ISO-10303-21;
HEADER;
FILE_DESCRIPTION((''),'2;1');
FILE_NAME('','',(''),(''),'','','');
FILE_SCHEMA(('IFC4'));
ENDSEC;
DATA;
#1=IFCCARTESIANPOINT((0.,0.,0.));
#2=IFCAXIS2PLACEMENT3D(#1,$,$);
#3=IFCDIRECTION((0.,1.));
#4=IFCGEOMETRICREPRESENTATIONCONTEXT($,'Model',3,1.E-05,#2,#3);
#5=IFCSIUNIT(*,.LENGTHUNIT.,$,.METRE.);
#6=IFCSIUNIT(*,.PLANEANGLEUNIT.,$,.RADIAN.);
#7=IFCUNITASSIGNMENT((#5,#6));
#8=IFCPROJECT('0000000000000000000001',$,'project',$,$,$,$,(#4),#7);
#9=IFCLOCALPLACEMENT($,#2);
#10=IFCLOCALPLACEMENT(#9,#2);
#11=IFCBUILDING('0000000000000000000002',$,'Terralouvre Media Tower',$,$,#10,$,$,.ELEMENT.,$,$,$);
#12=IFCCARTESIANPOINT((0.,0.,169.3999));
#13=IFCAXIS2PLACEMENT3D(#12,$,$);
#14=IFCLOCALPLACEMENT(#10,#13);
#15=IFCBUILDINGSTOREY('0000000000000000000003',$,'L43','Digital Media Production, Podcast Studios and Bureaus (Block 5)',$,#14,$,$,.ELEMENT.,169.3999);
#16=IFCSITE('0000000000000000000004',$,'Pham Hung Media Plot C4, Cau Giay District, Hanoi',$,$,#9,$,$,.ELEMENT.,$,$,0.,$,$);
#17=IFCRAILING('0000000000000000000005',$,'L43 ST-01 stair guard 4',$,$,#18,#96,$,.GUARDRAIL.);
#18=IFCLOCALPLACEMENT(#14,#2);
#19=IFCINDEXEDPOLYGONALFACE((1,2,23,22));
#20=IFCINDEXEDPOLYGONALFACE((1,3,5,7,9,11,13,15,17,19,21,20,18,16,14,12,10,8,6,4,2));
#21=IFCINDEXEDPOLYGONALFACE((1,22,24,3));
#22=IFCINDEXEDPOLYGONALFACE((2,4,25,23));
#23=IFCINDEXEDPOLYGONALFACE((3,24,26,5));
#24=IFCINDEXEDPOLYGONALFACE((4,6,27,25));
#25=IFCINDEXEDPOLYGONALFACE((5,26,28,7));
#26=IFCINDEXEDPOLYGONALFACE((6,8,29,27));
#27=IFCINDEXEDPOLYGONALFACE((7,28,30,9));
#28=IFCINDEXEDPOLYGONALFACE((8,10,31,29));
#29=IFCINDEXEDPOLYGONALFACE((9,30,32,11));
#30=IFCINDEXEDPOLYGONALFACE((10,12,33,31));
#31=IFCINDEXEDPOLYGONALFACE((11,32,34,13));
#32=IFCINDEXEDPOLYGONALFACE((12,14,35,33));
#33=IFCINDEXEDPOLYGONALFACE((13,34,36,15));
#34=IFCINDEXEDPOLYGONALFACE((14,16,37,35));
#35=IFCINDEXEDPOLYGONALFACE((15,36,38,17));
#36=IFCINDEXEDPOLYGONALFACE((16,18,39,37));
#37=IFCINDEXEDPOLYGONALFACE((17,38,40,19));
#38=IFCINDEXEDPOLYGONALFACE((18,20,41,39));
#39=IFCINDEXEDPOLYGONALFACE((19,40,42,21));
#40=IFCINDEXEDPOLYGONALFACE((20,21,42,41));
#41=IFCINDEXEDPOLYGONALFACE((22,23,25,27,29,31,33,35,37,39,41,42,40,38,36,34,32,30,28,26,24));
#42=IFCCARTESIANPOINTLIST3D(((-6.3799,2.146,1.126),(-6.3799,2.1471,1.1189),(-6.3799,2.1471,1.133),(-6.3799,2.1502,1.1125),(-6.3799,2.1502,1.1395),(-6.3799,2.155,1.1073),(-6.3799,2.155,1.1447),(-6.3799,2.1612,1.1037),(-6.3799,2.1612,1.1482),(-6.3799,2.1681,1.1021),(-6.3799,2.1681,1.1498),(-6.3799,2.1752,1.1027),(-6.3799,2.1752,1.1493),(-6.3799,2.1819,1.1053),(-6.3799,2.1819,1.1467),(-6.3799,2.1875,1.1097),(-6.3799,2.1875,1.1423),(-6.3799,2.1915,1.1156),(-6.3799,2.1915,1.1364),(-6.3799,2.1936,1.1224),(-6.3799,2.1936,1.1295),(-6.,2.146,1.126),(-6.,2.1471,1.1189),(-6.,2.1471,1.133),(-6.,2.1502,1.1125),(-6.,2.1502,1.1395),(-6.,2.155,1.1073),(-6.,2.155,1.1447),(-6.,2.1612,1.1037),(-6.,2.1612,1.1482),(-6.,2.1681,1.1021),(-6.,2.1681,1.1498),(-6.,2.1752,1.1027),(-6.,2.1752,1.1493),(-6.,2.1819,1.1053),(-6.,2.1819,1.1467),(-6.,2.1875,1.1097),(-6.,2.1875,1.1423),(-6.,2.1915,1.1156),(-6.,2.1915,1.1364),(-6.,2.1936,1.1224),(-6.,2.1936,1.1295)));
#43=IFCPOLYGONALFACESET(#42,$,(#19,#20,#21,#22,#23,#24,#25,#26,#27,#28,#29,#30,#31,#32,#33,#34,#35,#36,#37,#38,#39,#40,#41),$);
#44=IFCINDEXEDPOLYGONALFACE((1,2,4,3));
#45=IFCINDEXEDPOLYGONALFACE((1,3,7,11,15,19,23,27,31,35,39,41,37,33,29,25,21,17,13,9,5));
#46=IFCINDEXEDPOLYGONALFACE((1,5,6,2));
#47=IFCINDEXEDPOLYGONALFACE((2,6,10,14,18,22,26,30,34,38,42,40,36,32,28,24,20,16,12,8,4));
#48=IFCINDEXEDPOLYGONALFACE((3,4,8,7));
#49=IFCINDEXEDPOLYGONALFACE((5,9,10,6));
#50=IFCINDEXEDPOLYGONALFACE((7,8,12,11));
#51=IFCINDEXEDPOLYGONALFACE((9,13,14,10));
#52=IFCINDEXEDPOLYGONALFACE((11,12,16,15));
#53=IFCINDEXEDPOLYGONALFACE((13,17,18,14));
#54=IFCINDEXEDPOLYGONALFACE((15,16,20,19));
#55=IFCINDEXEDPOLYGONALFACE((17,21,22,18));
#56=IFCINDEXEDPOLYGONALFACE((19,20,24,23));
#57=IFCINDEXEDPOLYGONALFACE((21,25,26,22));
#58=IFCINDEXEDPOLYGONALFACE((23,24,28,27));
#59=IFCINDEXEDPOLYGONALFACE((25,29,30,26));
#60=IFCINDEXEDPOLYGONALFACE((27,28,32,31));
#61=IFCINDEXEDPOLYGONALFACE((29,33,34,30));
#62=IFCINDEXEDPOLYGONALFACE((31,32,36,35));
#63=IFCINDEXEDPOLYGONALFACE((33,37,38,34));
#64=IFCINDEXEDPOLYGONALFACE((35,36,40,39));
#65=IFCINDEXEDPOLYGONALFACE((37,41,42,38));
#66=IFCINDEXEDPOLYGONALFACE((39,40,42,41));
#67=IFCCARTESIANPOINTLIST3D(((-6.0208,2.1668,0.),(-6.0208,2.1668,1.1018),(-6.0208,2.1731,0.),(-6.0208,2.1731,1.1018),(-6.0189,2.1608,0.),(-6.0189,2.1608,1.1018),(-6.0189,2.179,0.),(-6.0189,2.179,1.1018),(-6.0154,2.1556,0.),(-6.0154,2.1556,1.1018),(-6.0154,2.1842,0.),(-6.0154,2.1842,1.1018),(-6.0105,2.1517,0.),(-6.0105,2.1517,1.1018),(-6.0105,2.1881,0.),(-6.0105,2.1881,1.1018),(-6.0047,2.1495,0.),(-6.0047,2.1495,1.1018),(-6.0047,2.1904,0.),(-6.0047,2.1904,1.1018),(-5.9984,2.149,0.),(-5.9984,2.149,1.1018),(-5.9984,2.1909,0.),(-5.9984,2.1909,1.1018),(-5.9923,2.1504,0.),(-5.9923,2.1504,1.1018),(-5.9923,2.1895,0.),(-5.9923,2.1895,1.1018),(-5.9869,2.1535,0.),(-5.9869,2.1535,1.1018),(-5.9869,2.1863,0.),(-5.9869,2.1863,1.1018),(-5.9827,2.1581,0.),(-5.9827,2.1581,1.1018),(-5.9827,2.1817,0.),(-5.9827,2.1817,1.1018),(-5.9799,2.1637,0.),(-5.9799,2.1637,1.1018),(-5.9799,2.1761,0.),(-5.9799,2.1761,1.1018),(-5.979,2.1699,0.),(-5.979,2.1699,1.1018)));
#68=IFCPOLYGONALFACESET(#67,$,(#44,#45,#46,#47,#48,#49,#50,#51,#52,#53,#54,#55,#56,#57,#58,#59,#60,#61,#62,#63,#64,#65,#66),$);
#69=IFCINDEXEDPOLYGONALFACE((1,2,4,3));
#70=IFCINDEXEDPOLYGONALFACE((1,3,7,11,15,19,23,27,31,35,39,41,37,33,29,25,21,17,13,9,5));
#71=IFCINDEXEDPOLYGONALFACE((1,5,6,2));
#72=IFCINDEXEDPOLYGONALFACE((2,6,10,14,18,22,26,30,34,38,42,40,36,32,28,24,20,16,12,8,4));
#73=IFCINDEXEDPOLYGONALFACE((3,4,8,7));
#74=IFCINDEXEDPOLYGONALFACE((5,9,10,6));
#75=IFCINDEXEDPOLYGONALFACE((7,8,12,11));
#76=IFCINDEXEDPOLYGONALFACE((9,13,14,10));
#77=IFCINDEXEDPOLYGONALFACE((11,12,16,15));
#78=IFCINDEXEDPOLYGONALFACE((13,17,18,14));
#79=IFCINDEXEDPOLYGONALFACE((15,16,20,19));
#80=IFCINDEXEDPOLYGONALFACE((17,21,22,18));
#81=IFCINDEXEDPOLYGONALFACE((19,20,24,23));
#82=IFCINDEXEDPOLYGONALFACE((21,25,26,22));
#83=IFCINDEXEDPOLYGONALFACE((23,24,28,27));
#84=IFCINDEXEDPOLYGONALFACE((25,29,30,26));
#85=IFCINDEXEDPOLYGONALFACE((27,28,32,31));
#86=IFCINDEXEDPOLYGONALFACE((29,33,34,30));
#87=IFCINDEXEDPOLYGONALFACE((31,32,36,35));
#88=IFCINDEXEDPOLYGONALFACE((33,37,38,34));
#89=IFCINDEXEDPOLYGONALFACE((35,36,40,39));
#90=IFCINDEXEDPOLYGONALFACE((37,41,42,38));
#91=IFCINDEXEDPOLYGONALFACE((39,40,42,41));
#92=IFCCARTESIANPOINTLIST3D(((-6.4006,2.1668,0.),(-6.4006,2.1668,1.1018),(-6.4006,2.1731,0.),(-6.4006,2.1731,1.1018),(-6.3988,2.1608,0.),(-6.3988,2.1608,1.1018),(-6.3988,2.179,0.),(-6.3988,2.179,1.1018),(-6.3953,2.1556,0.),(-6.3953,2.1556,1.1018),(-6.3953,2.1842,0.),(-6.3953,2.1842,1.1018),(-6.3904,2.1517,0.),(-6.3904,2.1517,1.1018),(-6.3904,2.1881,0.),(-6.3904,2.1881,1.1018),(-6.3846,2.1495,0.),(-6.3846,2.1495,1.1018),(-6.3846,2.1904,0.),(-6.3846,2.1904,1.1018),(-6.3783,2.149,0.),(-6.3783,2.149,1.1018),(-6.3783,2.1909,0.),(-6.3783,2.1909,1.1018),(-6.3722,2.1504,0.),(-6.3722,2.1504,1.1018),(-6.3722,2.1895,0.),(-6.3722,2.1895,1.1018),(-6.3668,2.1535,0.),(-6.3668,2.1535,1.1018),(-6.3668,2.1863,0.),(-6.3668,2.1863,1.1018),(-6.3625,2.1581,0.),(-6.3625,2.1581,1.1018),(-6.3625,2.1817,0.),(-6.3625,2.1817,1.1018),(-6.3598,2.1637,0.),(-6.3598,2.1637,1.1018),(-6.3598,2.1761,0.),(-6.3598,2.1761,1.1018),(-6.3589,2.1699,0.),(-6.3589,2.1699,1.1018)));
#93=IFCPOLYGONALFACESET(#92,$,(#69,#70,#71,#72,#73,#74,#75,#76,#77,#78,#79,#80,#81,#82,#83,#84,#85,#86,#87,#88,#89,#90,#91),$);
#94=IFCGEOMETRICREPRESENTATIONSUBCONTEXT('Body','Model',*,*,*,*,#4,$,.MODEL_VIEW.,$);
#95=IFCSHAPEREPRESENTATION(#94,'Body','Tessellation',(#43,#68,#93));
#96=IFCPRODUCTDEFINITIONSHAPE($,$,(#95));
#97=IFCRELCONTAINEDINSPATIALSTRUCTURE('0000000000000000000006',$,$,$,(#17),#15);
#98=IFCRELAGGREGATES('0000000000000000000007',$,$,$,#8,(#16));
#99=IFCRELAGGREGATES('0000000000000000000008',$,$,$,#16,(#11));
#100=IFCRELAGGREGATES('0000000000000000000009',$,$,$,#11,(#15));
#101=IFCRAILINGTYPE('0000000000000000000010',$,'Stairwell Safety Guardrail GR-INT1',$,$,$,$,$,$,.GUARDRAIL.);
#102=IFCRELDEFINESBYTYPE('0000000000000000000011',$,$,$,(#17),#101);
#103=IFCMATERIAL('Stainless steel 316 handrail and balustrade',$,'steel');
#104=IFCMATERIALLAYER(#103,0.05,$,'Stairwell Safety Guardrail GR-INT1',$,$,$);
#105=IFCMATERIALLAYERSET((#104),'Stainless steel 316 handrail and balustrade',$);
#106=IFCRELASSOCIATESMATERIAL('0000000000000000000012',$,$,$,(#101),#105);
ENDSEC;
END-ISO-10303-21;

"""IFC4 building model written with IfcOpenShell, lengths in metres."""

from ifc_helpers import new_model, si_unit, direction, frame, origin, origin_2d, place, context, subcontext, project, spatial, circle, extrude, material, layer, layer_set, type_object, element, save


model = new_model("IFC4")

# Units and contexts
model_context = context("Model", 3, precision=1e-05, world=origin(), true_north=direction((0.0, 1.0)))
body_context = subcontext(model_context, "Body", "Model", "MODEL_VIEW")
ifc_project = project(units=[si_unit("LENGTHUNIT", "METRE"), si_unit("PLANEANGLEUNIT", "RADIAN")], contexts=[model_context])

# Site, building, storey
site_placement = place(None, origin())
site = spatial("IfcSite", under=ifc_project, at=site_placement, Name="Pham Hung Media Plot C4, Cau Giay District, Hanoi", CompositionType="ELEMENT", RefElevation=0.0)
building_placement = place(site_placement, origin())
building = spatial("IfcBuilding", under=site, at=building_placement, Name="Terralouvre Media Tower", CompositionType="ELEMENT")
storey_placement = place(building_placement, frame((0.0, 0.0, 169.3999)))
storey = spatial("IfcBuildingStorey", under=building, at=storey_placement, Name="L43", Description="Digital Media Production, Podcast Studios and Bureaus (Block 5)", CompositionType="ELEMENT", Elevation=169.3999)

# Railing
ifc_material_1 = material(Name="Stainless steel 316 handrail and balustrade", Category="steel")
ifc_layer_1 = layer(ifc_material_1, 0.05, Name="Stairwell Safety Guardrail GR-INT1")
ifc_layer_set_1 = layer_set([ifc_layer_1], Name="Stainless steel 316 handrail and balustrade")
railing_type_1 = type_object("IfcRailingType", Name="Stairwell Safety Guardrail GR-INT1", PredefinedType="GUARDRAIL", material=ifc_layer_set_1)
railing_1_placement = place(storey_placement, frame((-6.0, 2.1699, 0.0)))
element("IfcRailing", 1, at=railing_1_placement, inside=storey, type_object=railing_type_1, Name="L43 ST-01 stair guard 4", PredefinedType="GUARDRAIL", context=body_context, shape_type="SweptSolid", body=[
    extrude(circle(Radius=0.0239, at=origin_2d()), frame((0.0, 0.0, 1.126), z_axis=(-1.0, 0.0, 0.0), x_axis=(0.0, -1.0, 0.0)), (0.0, 0.0, 1.0), 0.3799),
    extrude(circle(Radius=0.021, at=origin_2d()), origin(), (0.0, 0.0, 1.0), 1.1018),
    extrude(circle(Radius=0.021, at=origin_2d()), frame((-0.3799, 0.0, 0.0)), (0.0, 0.0, 1.0), 1.1018),
])

save(model, "model.ifc")
